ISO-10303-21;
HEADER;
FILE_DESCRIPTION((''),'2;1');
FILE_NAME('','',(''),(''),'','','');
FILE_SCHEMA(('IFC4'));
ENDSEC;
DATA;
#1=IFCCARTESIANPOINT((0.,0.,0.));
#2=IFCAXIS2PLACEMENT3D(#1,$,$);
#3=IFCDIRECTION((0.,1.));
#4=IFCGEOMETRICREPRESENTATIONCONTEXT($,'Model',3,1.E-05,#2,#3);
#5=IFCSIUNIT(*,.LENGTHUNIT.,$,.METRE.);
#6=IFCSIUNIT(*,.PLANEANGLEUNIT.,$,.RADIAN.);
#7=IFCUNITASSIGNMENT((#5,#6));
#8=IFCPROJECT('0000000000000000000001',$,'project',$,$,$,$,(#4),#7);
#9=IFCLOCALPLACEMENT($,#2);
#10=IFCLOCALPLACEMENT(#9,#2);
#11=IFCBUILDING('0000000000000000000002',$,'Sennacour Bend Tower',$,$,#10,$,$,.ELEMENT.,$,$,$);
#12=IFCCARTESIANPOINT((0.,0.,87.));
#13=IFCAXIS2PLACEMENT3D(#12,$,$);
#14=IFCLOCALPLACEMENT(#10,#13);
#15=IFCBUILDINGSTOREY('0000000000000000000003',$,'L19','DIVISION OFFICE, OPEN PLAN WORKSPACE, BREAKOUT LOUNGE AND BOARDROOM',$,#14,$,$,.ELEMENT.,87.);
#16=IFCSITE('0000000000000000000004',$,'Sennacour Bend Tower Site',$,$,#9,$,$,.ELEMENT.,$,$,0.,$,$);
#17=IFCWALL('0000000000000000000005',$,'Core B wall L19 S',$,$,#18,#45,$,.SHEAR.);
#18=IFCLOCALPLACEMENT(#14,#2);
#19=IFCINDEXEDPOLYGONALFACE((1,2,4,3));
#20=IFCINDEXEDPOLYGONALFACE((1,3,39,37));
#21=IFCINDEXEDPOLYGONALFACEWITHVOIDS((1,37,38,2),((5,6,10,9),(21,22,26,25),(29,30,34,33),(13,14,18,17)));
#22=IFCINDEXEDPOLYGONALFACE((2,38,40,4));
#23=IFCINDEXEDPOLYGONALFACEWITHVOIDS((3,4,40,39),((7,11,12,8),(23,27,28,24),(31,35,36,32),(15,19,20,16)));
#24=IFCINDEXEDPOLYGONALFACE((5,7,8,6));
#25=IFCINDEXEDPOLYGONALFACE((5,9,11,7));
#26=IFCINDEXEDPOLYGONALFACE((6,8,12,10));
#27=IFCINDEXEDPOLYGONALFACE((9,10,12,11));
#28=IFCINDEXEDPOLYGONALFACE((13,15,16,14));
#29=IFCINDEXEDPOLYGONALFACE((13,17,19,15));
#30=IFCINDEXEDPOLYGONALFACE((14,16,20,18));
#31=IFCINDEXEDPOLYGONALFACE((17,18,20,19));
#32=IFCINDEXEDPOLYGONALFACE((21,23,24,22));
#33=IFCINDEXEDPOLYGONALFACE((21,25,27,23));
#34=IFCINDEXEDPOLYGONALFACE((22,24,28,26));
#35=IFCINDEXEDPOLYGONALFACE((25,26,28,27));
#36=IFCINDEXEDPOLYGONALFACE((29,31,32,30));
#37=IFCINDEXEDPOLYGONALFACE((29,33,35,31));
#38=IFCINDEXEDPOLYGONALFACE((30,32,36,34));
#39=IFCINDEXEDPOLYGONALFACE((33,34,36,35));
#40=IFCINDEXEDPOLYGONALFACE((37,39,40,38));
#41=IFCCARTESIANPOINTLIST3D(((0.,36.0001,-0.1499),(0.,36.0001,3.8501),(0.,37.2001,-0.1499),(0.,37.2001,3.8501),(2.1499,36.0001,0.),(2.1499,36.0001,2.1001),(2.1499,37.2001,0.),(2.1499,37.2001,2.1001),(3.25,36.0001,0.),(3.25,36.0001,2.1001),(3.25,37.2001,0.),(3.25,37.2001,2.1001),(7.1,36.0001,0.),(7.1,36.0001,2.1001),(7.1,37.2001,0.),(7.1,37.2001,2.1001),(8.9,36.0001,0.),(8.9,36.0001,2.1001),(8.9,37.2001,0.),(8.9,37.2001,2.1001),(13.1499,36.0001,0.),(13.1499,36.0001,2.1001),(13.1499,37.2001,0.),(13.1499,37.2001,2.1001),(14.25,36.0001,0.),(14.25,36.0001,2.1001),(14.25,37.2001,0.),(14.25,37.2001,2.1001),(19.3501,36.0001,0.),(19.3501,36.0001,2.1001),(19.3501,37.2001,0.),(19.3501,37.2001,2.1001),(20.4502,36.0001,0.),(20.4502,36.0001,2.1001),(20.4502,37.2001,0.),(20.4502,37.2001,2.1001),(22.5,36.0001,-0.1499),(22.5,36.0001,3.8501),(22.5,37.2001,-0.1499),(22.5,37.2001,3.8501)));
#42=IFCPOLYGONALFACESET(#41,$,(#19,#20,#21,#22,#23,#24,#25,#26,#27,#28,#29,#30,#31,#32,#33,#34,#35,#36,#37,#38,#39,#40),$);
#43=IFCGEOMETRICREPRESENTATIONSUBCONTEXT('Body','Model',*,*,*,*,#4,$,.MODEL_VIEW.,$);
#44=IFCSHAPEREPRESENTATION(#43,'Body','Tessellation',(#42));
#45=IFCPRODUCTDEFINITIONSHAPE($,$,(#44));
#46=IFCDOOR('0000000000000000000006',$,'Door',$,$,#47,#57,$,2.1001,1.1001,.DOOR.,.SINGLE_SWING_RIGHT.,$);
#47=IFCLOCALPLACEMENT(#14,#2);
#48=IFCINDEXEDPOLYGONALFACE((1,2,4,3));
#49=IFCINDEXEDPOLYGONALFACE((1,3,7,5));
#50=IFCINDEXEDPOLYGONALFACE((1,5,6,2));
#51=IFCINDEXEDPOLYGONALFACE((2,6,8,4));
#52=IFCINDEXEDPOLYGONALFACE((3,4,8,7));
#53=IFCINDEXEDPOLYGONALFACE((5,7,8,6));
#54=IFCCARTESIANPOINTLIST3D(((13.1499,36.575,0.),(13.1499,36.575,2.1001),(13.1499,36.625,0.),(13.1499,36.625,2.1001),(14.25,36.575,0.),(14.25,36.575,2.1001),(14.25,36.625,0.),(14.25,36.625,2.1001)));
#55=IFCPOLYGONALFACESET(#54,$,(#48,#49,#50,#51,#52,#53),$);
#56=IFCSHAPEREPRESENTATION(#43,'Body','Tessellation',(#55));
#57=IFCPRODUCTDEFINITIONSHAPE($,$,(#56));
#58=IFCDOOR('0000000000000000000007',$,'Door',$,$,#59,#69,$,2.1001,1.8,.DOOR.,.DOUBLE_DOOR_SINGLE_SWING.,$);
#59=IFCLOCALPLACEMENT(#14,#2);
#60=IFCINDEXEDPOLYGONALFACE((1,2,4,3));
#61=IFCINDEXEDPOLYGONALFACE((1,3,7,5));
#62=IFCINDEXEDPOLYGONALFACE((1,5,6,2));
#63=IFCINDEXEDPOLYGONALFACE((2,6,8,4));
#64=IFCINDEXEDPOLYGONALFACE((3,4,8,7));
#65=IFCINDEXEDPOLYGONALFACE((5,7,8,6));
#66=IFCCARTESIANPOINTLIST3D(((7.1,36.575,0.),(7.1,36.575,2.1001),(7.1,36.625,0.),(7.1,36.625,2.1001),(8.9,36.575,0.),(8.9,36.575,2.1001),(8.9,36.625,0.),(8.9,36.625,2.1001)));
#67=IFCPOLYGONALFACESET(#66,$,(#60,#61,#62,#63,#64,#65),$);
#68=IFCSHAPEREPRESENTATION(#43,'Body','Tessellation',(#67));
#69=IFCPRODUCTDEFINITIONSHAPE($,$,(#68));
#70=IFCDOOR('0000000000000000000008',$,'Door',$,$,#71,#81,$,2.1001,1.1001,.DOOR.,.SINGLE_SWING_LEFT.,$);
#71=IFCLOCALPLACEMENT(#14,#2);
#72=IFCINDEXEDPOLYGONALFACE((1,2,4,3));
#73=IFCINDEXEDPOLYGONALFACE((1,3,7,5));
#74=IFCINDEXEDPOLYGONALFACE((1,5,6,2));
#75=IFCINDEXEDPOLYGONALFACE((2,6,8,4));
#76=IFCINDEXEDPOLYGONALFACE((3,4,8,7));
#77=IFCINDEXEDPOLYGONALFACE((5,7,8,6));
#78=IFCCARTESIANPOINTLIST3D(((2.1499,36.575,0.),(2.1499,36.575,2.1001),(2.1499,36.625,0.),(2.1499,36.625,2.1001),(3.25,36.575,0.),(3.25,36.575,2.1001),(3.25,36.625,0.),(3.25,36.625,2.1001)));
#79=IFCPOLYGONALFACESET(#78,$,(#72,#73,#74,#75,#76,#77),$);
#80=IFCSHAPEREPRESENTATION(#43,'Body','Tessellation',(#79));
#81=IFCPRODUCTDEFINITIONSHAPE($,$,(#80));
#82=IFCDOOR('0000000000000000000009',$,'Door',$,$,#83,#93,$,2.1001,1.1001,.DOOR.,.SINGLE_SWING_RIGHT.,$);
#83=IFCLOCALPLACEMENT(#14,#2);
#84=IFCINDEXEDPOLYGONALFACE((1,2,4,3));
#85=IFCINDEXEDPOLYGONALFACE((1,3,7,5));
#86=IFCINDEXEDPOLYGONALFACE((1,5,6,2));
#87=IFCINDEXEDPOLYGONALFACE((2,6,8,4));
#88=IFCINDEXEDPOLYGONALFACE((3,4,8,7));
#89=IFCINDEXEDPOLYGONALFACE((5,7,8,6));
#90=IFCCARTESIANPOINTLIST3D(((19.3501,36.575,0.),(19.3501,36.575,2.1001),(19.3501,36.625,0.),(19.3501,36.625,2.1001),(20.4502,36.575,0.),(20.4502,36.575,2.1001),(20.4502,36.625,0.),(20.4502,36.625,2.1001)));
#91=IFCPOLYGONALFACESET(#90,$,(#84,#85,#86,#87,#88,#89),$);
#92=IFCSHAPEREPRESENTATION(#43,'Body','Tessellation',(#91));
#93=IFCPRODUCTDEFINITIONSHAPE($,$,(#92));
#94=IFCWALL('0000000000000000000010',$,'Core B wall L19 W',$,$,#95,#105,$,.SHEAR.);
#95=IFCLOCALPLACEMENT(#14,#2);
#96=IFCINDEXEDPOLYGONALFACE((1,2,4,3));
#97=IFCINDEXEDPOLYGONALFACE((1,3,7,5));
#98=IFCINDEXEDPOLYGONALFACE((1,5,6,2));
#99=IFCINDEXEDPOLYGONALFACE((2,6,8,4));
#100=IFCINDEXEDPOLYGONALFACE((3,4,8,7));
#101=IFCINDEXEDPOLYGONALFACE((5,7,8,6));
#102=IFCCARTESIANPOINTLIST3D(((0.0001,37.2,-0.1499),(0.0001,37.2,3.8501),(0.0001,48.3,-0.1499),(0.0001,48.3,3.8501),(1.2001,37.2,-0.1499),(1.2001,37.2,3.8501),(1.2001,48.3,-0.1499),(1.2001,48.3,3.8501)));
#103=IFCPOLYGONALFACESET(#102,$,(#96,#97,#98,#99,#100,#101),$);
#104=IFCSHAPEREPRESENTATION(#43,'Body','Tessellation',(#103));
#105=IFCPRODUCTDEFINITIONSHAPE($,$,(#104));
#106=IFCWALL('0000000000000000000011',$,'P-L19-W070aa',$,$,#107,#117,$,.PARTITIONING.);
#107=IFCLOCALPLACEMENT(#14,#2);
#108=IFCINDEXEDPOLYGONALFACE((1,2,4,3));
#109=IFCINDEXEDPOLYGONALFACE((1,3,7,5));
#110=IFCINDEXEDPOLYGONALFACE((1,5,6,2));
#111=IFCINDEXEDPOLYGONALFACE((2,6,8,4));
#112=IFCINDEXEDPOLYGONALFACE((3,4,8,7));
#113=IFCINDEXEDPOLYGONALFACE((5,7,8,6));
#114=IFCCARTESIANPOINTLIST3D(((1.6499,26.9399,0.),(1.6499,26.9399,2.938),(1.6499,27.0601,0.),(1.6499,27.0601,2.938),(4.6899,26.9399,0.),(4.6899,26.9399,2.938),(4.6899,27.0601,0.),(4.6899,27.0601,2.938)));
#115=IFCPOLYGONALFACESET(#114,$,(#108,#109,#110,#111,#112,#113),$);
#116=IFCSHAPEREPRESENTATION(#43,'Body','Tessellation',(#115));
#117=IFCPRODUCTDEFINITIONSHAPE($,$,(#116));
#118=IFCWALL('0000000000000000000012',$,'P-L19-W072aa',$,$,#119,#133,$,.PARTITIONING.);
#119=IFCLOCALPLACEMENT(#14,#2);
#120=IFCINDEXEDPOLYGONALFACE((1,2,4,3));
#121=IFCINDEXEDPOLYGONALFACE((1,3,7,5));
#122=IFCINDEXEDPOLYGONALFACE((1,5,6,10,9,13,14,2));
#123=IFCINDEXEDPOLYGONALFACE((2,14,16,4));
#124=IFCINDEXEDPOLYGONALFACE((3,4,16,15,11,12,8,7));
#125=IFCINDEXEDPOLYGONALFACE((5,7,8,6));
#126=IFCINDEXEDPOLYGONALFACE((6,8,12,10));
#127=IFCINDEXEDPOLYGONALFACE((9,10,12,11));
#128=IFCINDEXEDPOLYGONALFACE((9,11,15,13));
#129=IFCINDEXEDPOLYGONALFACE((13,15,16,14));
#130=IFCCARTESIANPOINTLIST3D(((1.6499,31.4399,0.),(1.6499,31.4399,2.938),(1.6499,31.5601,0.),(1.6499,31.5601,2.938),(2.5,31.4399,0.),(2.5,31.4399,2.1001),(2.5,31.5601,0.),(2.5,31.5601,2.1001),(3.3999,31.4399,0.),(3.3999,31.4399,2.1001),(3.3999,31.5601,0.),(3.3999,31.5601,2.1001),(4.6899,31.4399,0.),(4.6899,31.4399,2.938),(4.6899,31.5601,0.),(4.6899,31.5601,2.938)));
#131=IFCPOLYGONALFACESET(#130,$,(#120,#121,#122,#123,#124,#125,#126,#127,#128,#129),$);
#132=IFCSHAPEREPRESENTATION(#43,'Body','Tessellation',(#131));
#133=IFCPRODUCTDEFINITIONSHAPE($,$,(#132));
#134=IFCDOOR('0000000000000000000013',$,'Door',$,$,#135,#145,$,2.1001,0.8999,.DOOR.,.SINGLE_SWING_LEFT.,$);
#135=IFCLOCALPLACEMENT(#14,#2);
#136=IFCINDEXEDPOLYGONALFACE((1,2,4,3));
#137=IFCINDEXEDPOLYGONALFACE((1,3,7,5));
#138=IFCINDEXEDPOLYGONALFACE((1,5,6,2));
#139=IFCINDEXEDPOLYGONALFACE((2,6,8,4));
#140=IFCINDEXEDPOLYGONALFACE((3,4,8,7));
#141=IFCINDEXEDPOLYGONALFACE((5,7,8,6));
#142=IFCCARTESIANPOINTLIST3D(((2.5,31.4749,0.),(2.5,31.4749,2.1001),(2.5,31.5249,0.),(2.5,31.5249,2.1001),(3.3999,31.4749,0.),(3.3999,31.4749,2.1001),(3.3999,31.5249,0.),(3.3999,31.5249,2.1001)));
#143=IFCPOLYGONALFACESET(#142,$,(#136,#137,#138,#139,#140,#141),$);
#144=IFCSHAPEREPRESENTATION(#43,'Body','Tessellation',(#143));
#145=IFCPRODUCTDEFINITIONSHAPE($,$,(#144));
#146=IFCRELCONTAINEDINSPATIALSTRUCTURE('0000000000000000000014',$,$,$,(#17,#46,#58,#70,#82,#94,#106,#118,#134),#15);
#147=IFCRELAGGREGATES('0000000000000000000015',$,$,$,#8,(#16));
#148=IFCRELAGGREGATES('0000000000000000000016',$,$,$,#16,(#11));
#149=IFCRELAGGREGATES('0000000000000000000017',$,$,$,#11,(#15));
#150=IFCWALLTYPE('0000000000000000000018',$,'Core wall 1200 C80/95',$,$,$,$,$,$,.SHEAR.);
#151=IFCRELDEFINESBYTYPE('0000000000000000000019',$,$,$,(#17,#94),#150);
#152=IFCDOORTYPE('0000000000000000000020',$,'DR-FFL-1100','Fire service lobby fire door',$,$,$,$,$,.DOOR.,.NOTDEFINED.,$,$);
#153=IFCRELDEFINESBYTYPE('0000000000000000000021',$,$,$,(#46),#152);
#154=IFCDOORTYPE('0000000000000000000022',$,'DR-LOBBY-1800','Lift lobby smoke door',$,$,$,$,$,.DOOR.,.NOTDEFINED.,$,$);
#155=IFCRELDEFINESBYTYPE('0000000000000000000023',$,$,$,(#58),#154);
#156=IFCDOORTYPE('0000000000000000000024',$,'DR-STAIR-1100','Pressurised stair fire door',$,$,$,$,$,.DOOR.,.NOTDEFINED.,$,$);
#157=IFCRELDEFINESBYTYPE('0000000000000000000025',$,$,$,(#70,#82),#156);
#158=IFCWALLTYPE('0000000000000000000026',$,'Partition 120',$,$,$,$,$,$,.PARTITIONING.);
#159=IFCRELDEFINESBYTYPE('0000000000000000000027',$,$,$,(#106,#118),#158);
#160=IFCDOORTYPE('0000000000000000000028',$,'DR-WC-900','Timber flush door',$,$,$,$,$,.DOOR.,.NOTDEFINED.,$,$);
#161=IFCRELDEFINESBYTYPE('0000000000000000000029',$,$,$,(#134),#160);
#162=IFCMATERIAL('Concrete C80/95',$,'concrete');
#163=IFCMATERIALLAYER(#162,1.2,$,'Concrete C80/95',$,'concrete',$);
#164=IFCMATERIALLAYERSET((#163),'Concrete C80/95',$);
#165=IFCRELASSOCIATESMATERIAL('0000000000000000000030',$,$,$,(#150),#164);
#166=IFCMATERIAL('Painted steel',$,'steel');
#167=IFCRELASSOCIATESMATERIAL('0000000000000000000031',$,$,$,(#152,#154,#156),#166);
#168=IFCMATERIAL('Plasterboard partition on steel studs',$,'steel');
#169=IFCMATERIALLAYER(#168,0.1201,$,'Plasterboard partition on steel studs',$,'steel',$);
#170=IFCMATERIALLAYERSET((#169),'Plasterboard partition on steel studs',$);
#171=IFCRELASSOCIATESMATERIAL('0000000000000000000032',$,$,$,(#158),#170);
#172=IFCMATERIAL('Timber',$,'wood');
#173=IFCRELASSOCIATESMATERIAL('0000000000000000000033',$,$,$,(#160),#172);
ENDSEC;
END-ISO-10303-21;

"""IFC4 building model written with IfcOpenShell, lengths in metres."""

from ifc_helpers import new_model, si_unit, direction, frame, frame_2d, origin, place, context, subcontext, project, spatial, rectangle, extrude, material, layer, layer_set, type_object, element, fill, save


model = new_model("IFC4")

# Units and contexts
model_context = context("Model", 3, precision=1e-05, world=origin(), true_north=direction((0.0, 1.0)))
body_context = subcontext(model_context, "Body", "Model", "MODEL_VIEW")
ifc_project = project(units=[si_unit("LENGTHUNIT", "METRE"), si_unit("PLANEANGLEUNIT", "RADIAN")], contexts=[model_context])

# Site, building, storey
site_placement = place(None, origin())
site = spatial("IfcSite", under=ifc_project, at=site_placement, Name="Sennacour Bend Tower Site", CompositionType="ELEMENT", RefElevation=0.0)
building_placement = place(site_placement, origin())
building = spatial("IfcBuilding", under=site, at=building_placement, Name="Sennacour Bend Tower", CompositionType="ELEMENT")
storey_placement = place(building_placement, frame((0.0, 0.0, 87.0)))
storey = spatial("IfcBuildingStorey", under=building, at=storey_placement, Name="L19", Description="DIVISION OFFICE, OPEN PLAN WORKSPACE, BREAKOUT LOUNGE AND BOARDROOM", CompositionType="ELEMENT", Elevation=87.0)

# Wall, openings, doors
ifc_material_1 = material(Name="Concrete C80/95", Category="concrete")
ifc_layer_1 = layer(ifc_material_1, 1.2, Name="Concrete C80/95", Category="concrete")
ifc_layer_set_1 = layer_set([ifc_layer_1], Name="Concrete C80/95")
wall_type_1 = type_object("IfcWallType", Name="Core wall 1200 C80/95", PredefinedType="SHEAR", material=ifc_layer_set_1)
wall_1_placement = place(storey_placement, frame((0.0, 36.6001, -0.1499), z_axis=(0.0, 0.0, 1.0), x_axis=(1.0, 0.0, 0.0)))
wall_1 = element("IfcWall", 1, at=wall_1_placement, inside=storey, type_object=wall_type_1, Name="Core B wall L19 S", PredefinedType="SHEAR", context=body_context, shape_type="SweptSolid", body=[
    extrude(rectangle(XDim=22.5, YDim=1.2, at=frame_2d((11.25, 0.0))), origin(), (0.0, 0.0, 1.0), 4.0),
])
opening_1_placement = place(wall_1_placement, frame((7.1001, 0.0, 0.1499)))
opening_1 = element("IfcOpeningElement", 2, at=opening_1_placement, cuts=wall_1, PredefinedType="OPENING", context=body_context, shape_type="SweptSolid", body=[
    extrude(rectangle(XDim=1.8, YDim=2.1001, at=frame_2d((0.8999, 1.05))), frame((0.0, 0.6099, 0.0), z_axis=(0.0, -1.0, 0.0), x_axis=(1.0, 0.0, 0.0)), (0.0, 0.0, 1.0), 1.22),
])
opening_2_placement = place(wall_1_placement, frame((13.1499, 0.0, 0.1499)))
opening_2 = element("IfcOpeningElement", 3, at=opening_2_placement, cuts=wall_1, PredefinedType="OPENING", context=body_context, shape_type="SweptSolid", body=[
    extrude(rectangle(XDim=1.1001, YDim=2.1001, at=frame_2d((0.55, 1.05))), frame((0.0, 0.6099, 0.0), z_axis=(0.0, -1.0, 0.0), x_axis=(1.0, 0.0, 0.0)), (0.0, 0.0, 1.0), 1.22),
])
opening_3_placement = place(wall_1_placement, frame((2.1499, 0.0, 0.1499)))
opening_3 = element("IfcOpeningElement", 4, at=opening_3_placement, cuts=wall_1, PredefinedType="OPENING", context=body_context, shape_type="SweptSolid", body=[
    extrude(rectangle(XDim=1.1001, YDim=2.1001, at=frame_2d((0.55, 1.05))), frame((0.0, 0.6099, 0.0), z_axis=(0.0, -1.0, 0.0), x_axis=(1.0, 0.0, 0.0)), (0.0, 0.0, 1.0), 1.22),
])
opening_4_placement = place(wall_1_placement, frame((19.3501, 0.0, 0.1499)))
opening_4 = element("IfcOpeningElement", 5, at=opening_4_placement, cuts=wall_1, PredefinedType="OPENING", context=body_context, shape_type="SweptSolid", body=[
    extrude(rectangle(XDim=1.1001, YDim=2.1001, at=frame_2d((0.55, 1.05))), frame((0.0, 0.6099, 0.0), z_axis=(0.0, -1.0, 0.0), x_axis=(1.0, 0.0, 0.0)), (0.0, 0.0, 1.0), 1.22),
])
ifc_material_2 = material(Name="Painted steel", Category="steel")
door_type_1 = type_object("IfcDoorType", Name="DR-FFL-1100", Description="Fire service lobby fire door", OperationType="NOTDEFINED", PredefinedType="DOOR", material=ifc_material_2)
door_1_placement = place(opening_2_placement, origin())
door_1 = element("IfcDoor", 6, at=door_1_placement, inside=storey, type_object=door_type_1, Name="Door", OperationType="SINGLE_SWING_RIGHT", OverallHeight=2.1001, OverallWidth=1.1001, PredefinedType="DOOR", context=body_context, shape_type="SweptSolid", body=[
    extrude(rectangle(XDim=1.1001, YDim=2.1001, at=frame_2d((0.55, 1.05))), frame((0.0, 0.0249, 0.0), z_axis=(0.0, -1.0, 0.0), x_axis=(1.0, 0.0, 0.0)), (0.0, 0.0, 1.0), 0.05),
])
fill(opening_2, door_1)
door_type_2 = type_object("IfcDoorType", Name="DR-LOBBY-1800", Description="Lift lobby smoke door", OperationType="NOTDEFINED", PredefinedType="DOOR", material=ifc_material_2)
door_2_placement = place(opening_1_placement, origin())
door_2 = element("IfcDoor", 7, at=door_2_placement, inside=storey, type_object=door_type_2, Name="Door", OperationType="DOUBLE_DOOR_SINGLE_SWING", OverallHeight=2.1001, OverallWidth=1.8, PredefinedType="DOOR", context=body_context, shape_type="SweptSolid", body=[
    extrude(rectangle(XDim=1.8, YDim=2.1001, at=frame_2d((0.8999, 1.05))), frame((0.0, 0.0249, 0.0), z_axis=(0.0, -1.0, 0.0), x_axis=(1.0, 0.0, 0.0)), (0.0, 0.0, 1.0), 0.05),
])
fill(opening_1, door_2)
door_type_3 = type_object("IfcDoorType", Name="DR-STAIR-1100", Description="Pressurised stair fire door", OperationType="NOTDEFINED", PredefinedType="DOOR", material=ifc_material_2)
door_3_placement = place(opening_3_placement, origin())
door_3 = element("IfcDoor", 8, at=door_3_placement, inside=storey, type_object=door_type_3, Name="Door", OperationType="SINGLE_SWING_LEFT", OverallHeight=2.1001, OverallWidth=1.1001, PredefinedType="DOOR", context=body_context, shape_type="SweptSolid", body=[
    extrude(rectangle(XDim=1.1001, YDim=2.1001, at=frame_2d((0.55, 1.05))), frame((0.0, 0.0249, 0.0), z_axis=(0.0, -1.0, 0.0), x_axis=(1.0, 0.0, 0.0)), (0.0, 0.0, 1.0), 0.05),
])
fill(opening_3, door_3)
door_4_placement = place(opening_4_placement, origin())
door_4 = element("IfcDoor", 9, at=door_4_placement, inside=storey, type_object=door_type_3, Name="Door", OperationType="SINGLE_SWING_RIGHT", OverallHeight=2.1001, OverallWidth=1.1001, PredefinedType="DOOR", context=body_context, shape_type="SweptSolid", body=[
    extrude(rectangle(XDim=1.1001, YDim=2.1001, at=frame_2d((0.55, 1.05))), frame((0.0, 0.0249, 0.0), z_axis=(0.0, -1.0, 0.0), x_axis=(1.0, 0.0, 0.0)), (0.0, 0.0, 1.0), 0.05),
])
fill(opening_4, door_4)

# Walls
wall_2_placement = place(storey_placement, frame((0.6001, 37.2, -0.1499), z_axis=(0.0, 0.0, 1.0), x_axis=(0.0, 1.0, 0.0)))
element("IfcWall", 10, at=wall_2_placement, inside=storey, type_object=wall_type_1, Name="Core B wall L19 W", PredefinedType="SHEAR", context=body_context, shape_type="SweptSolid", body=[
    extrude(rectangle(XDim=11.1001, YDim=1.2, at=frame_2d((5.55, 0.0))), origin(), (0.0, 0.0, 1.0), 4.0),
])
ifc_material_3 = material(Name="Plasterboard partition on steel studs", Category="steel")
ifc_layer_2 = layer(ifc_material_3, 0.1201, Name="Plasterboard partition on steel studs", Category="steel")
ifc_layer_set_2 = layer_set([ifc_layer_2], Name="Plasterboard partition on steel studs")
wall_type_2 = type_object("IfcWallType", Name="Partition 120", PredefinedType="PARTITIONING", material=ifc_layer_set_2)
wall_3_placement = place(storey_placement, frame((1.6499, 27.0, 0.0), z_axis=(0.0, 0.0, 1.0), x_axis=(1.0, 0.0, 0.0)))
element("IfcWall", 11, at=wall_3_placement, inside=storey, type_object=wall_type_2, Name="P-L19-W070aa", PredefinedType="PARTITIONING", context=body_context, shape_type="SweptSolid", body=[
    extrude(rectangle(XDim=3.04, YDim=0.1201, at=frame_2d((1.52, 0.0))), origin(), (0.0, 0.0, 1.0), 2.938),
])

# Wall, opening, door
wall_4_placement = place(storey_placement, frame((1.6499, 31.5, 0.0), z_axis=(0.0, 0.0, 1.0), x_axis=(1.0, 0.0, 0.0)))
wall_4 = element("IfcWall", 12, at=wall_4_placement, inside=storey, type_object=wall_type_2, Name="P-L19-W072aa", PredefinedType="PARTITIONING", context=body_context, shape_type="SweptSolid", body=[
    extrude(rectangle(XDim=3.04, YDim=0.1201, at=frame_2d((1.52, 0.0))), origin(), (0.0, 0.0, 1.0), 2.938),
])
opening_5_placement = place(wall_4_placement, frame((0.8501, 0.0, 0.0)))
opening_5 = element("IfcOpeningElement", 13, at=opening_5_placement, cuts=wall_4, PredefinedType="OPENING", context=body_context, shape_type="SweptSolid", body=[
    extrude(rectangle(XDim=0.8999, YDim=2.1001, at=frame_2d((0.45, 1.05))), frame((0.0, 0.0701, 0.0), z_axis=(0.0, -1.0, 0.0), x_axis=(1.0, 0.0, 0.0)), (0.0, 0.0, 1.0), 0.1401),
])
ifc_material_4 = material(Name="Timber", Category="wood")
door_type_4 = type_object("IfcDoorType", Name="DR-WC-900", Description="Timber flush door", OperationType="NOTDEFINED", PredefinedType="DOOR", material=ifc_material_4)
door_5_placement = place(opening_5_placement, origin())
door_5 = element("IfcDoor", 14, at=door_5_placement, inside=storey, type_object=door_type_4, Name="Door", OperationType="SINGLE_SWING_LEFT", OverallHeight=2.1001, OverallWidth=0.8999, PredefinedType="DOOR", context=body_context, shape_type="SweptSolid", body=[
    extrude(rectangle(XDim=0.8999, YDim=2.1001, at=frame_2d((0.45, 1.05))), frame((0.0, 0.0249, 0.0), z_axis=(0.0, -1.0, 0.0), x_axis=(1.0, 0.0, 0.0)), (0.0, 0.0, 1.0), 0.05),
])
fill(opening_5, door_5)

save(model, "model.ifc")
